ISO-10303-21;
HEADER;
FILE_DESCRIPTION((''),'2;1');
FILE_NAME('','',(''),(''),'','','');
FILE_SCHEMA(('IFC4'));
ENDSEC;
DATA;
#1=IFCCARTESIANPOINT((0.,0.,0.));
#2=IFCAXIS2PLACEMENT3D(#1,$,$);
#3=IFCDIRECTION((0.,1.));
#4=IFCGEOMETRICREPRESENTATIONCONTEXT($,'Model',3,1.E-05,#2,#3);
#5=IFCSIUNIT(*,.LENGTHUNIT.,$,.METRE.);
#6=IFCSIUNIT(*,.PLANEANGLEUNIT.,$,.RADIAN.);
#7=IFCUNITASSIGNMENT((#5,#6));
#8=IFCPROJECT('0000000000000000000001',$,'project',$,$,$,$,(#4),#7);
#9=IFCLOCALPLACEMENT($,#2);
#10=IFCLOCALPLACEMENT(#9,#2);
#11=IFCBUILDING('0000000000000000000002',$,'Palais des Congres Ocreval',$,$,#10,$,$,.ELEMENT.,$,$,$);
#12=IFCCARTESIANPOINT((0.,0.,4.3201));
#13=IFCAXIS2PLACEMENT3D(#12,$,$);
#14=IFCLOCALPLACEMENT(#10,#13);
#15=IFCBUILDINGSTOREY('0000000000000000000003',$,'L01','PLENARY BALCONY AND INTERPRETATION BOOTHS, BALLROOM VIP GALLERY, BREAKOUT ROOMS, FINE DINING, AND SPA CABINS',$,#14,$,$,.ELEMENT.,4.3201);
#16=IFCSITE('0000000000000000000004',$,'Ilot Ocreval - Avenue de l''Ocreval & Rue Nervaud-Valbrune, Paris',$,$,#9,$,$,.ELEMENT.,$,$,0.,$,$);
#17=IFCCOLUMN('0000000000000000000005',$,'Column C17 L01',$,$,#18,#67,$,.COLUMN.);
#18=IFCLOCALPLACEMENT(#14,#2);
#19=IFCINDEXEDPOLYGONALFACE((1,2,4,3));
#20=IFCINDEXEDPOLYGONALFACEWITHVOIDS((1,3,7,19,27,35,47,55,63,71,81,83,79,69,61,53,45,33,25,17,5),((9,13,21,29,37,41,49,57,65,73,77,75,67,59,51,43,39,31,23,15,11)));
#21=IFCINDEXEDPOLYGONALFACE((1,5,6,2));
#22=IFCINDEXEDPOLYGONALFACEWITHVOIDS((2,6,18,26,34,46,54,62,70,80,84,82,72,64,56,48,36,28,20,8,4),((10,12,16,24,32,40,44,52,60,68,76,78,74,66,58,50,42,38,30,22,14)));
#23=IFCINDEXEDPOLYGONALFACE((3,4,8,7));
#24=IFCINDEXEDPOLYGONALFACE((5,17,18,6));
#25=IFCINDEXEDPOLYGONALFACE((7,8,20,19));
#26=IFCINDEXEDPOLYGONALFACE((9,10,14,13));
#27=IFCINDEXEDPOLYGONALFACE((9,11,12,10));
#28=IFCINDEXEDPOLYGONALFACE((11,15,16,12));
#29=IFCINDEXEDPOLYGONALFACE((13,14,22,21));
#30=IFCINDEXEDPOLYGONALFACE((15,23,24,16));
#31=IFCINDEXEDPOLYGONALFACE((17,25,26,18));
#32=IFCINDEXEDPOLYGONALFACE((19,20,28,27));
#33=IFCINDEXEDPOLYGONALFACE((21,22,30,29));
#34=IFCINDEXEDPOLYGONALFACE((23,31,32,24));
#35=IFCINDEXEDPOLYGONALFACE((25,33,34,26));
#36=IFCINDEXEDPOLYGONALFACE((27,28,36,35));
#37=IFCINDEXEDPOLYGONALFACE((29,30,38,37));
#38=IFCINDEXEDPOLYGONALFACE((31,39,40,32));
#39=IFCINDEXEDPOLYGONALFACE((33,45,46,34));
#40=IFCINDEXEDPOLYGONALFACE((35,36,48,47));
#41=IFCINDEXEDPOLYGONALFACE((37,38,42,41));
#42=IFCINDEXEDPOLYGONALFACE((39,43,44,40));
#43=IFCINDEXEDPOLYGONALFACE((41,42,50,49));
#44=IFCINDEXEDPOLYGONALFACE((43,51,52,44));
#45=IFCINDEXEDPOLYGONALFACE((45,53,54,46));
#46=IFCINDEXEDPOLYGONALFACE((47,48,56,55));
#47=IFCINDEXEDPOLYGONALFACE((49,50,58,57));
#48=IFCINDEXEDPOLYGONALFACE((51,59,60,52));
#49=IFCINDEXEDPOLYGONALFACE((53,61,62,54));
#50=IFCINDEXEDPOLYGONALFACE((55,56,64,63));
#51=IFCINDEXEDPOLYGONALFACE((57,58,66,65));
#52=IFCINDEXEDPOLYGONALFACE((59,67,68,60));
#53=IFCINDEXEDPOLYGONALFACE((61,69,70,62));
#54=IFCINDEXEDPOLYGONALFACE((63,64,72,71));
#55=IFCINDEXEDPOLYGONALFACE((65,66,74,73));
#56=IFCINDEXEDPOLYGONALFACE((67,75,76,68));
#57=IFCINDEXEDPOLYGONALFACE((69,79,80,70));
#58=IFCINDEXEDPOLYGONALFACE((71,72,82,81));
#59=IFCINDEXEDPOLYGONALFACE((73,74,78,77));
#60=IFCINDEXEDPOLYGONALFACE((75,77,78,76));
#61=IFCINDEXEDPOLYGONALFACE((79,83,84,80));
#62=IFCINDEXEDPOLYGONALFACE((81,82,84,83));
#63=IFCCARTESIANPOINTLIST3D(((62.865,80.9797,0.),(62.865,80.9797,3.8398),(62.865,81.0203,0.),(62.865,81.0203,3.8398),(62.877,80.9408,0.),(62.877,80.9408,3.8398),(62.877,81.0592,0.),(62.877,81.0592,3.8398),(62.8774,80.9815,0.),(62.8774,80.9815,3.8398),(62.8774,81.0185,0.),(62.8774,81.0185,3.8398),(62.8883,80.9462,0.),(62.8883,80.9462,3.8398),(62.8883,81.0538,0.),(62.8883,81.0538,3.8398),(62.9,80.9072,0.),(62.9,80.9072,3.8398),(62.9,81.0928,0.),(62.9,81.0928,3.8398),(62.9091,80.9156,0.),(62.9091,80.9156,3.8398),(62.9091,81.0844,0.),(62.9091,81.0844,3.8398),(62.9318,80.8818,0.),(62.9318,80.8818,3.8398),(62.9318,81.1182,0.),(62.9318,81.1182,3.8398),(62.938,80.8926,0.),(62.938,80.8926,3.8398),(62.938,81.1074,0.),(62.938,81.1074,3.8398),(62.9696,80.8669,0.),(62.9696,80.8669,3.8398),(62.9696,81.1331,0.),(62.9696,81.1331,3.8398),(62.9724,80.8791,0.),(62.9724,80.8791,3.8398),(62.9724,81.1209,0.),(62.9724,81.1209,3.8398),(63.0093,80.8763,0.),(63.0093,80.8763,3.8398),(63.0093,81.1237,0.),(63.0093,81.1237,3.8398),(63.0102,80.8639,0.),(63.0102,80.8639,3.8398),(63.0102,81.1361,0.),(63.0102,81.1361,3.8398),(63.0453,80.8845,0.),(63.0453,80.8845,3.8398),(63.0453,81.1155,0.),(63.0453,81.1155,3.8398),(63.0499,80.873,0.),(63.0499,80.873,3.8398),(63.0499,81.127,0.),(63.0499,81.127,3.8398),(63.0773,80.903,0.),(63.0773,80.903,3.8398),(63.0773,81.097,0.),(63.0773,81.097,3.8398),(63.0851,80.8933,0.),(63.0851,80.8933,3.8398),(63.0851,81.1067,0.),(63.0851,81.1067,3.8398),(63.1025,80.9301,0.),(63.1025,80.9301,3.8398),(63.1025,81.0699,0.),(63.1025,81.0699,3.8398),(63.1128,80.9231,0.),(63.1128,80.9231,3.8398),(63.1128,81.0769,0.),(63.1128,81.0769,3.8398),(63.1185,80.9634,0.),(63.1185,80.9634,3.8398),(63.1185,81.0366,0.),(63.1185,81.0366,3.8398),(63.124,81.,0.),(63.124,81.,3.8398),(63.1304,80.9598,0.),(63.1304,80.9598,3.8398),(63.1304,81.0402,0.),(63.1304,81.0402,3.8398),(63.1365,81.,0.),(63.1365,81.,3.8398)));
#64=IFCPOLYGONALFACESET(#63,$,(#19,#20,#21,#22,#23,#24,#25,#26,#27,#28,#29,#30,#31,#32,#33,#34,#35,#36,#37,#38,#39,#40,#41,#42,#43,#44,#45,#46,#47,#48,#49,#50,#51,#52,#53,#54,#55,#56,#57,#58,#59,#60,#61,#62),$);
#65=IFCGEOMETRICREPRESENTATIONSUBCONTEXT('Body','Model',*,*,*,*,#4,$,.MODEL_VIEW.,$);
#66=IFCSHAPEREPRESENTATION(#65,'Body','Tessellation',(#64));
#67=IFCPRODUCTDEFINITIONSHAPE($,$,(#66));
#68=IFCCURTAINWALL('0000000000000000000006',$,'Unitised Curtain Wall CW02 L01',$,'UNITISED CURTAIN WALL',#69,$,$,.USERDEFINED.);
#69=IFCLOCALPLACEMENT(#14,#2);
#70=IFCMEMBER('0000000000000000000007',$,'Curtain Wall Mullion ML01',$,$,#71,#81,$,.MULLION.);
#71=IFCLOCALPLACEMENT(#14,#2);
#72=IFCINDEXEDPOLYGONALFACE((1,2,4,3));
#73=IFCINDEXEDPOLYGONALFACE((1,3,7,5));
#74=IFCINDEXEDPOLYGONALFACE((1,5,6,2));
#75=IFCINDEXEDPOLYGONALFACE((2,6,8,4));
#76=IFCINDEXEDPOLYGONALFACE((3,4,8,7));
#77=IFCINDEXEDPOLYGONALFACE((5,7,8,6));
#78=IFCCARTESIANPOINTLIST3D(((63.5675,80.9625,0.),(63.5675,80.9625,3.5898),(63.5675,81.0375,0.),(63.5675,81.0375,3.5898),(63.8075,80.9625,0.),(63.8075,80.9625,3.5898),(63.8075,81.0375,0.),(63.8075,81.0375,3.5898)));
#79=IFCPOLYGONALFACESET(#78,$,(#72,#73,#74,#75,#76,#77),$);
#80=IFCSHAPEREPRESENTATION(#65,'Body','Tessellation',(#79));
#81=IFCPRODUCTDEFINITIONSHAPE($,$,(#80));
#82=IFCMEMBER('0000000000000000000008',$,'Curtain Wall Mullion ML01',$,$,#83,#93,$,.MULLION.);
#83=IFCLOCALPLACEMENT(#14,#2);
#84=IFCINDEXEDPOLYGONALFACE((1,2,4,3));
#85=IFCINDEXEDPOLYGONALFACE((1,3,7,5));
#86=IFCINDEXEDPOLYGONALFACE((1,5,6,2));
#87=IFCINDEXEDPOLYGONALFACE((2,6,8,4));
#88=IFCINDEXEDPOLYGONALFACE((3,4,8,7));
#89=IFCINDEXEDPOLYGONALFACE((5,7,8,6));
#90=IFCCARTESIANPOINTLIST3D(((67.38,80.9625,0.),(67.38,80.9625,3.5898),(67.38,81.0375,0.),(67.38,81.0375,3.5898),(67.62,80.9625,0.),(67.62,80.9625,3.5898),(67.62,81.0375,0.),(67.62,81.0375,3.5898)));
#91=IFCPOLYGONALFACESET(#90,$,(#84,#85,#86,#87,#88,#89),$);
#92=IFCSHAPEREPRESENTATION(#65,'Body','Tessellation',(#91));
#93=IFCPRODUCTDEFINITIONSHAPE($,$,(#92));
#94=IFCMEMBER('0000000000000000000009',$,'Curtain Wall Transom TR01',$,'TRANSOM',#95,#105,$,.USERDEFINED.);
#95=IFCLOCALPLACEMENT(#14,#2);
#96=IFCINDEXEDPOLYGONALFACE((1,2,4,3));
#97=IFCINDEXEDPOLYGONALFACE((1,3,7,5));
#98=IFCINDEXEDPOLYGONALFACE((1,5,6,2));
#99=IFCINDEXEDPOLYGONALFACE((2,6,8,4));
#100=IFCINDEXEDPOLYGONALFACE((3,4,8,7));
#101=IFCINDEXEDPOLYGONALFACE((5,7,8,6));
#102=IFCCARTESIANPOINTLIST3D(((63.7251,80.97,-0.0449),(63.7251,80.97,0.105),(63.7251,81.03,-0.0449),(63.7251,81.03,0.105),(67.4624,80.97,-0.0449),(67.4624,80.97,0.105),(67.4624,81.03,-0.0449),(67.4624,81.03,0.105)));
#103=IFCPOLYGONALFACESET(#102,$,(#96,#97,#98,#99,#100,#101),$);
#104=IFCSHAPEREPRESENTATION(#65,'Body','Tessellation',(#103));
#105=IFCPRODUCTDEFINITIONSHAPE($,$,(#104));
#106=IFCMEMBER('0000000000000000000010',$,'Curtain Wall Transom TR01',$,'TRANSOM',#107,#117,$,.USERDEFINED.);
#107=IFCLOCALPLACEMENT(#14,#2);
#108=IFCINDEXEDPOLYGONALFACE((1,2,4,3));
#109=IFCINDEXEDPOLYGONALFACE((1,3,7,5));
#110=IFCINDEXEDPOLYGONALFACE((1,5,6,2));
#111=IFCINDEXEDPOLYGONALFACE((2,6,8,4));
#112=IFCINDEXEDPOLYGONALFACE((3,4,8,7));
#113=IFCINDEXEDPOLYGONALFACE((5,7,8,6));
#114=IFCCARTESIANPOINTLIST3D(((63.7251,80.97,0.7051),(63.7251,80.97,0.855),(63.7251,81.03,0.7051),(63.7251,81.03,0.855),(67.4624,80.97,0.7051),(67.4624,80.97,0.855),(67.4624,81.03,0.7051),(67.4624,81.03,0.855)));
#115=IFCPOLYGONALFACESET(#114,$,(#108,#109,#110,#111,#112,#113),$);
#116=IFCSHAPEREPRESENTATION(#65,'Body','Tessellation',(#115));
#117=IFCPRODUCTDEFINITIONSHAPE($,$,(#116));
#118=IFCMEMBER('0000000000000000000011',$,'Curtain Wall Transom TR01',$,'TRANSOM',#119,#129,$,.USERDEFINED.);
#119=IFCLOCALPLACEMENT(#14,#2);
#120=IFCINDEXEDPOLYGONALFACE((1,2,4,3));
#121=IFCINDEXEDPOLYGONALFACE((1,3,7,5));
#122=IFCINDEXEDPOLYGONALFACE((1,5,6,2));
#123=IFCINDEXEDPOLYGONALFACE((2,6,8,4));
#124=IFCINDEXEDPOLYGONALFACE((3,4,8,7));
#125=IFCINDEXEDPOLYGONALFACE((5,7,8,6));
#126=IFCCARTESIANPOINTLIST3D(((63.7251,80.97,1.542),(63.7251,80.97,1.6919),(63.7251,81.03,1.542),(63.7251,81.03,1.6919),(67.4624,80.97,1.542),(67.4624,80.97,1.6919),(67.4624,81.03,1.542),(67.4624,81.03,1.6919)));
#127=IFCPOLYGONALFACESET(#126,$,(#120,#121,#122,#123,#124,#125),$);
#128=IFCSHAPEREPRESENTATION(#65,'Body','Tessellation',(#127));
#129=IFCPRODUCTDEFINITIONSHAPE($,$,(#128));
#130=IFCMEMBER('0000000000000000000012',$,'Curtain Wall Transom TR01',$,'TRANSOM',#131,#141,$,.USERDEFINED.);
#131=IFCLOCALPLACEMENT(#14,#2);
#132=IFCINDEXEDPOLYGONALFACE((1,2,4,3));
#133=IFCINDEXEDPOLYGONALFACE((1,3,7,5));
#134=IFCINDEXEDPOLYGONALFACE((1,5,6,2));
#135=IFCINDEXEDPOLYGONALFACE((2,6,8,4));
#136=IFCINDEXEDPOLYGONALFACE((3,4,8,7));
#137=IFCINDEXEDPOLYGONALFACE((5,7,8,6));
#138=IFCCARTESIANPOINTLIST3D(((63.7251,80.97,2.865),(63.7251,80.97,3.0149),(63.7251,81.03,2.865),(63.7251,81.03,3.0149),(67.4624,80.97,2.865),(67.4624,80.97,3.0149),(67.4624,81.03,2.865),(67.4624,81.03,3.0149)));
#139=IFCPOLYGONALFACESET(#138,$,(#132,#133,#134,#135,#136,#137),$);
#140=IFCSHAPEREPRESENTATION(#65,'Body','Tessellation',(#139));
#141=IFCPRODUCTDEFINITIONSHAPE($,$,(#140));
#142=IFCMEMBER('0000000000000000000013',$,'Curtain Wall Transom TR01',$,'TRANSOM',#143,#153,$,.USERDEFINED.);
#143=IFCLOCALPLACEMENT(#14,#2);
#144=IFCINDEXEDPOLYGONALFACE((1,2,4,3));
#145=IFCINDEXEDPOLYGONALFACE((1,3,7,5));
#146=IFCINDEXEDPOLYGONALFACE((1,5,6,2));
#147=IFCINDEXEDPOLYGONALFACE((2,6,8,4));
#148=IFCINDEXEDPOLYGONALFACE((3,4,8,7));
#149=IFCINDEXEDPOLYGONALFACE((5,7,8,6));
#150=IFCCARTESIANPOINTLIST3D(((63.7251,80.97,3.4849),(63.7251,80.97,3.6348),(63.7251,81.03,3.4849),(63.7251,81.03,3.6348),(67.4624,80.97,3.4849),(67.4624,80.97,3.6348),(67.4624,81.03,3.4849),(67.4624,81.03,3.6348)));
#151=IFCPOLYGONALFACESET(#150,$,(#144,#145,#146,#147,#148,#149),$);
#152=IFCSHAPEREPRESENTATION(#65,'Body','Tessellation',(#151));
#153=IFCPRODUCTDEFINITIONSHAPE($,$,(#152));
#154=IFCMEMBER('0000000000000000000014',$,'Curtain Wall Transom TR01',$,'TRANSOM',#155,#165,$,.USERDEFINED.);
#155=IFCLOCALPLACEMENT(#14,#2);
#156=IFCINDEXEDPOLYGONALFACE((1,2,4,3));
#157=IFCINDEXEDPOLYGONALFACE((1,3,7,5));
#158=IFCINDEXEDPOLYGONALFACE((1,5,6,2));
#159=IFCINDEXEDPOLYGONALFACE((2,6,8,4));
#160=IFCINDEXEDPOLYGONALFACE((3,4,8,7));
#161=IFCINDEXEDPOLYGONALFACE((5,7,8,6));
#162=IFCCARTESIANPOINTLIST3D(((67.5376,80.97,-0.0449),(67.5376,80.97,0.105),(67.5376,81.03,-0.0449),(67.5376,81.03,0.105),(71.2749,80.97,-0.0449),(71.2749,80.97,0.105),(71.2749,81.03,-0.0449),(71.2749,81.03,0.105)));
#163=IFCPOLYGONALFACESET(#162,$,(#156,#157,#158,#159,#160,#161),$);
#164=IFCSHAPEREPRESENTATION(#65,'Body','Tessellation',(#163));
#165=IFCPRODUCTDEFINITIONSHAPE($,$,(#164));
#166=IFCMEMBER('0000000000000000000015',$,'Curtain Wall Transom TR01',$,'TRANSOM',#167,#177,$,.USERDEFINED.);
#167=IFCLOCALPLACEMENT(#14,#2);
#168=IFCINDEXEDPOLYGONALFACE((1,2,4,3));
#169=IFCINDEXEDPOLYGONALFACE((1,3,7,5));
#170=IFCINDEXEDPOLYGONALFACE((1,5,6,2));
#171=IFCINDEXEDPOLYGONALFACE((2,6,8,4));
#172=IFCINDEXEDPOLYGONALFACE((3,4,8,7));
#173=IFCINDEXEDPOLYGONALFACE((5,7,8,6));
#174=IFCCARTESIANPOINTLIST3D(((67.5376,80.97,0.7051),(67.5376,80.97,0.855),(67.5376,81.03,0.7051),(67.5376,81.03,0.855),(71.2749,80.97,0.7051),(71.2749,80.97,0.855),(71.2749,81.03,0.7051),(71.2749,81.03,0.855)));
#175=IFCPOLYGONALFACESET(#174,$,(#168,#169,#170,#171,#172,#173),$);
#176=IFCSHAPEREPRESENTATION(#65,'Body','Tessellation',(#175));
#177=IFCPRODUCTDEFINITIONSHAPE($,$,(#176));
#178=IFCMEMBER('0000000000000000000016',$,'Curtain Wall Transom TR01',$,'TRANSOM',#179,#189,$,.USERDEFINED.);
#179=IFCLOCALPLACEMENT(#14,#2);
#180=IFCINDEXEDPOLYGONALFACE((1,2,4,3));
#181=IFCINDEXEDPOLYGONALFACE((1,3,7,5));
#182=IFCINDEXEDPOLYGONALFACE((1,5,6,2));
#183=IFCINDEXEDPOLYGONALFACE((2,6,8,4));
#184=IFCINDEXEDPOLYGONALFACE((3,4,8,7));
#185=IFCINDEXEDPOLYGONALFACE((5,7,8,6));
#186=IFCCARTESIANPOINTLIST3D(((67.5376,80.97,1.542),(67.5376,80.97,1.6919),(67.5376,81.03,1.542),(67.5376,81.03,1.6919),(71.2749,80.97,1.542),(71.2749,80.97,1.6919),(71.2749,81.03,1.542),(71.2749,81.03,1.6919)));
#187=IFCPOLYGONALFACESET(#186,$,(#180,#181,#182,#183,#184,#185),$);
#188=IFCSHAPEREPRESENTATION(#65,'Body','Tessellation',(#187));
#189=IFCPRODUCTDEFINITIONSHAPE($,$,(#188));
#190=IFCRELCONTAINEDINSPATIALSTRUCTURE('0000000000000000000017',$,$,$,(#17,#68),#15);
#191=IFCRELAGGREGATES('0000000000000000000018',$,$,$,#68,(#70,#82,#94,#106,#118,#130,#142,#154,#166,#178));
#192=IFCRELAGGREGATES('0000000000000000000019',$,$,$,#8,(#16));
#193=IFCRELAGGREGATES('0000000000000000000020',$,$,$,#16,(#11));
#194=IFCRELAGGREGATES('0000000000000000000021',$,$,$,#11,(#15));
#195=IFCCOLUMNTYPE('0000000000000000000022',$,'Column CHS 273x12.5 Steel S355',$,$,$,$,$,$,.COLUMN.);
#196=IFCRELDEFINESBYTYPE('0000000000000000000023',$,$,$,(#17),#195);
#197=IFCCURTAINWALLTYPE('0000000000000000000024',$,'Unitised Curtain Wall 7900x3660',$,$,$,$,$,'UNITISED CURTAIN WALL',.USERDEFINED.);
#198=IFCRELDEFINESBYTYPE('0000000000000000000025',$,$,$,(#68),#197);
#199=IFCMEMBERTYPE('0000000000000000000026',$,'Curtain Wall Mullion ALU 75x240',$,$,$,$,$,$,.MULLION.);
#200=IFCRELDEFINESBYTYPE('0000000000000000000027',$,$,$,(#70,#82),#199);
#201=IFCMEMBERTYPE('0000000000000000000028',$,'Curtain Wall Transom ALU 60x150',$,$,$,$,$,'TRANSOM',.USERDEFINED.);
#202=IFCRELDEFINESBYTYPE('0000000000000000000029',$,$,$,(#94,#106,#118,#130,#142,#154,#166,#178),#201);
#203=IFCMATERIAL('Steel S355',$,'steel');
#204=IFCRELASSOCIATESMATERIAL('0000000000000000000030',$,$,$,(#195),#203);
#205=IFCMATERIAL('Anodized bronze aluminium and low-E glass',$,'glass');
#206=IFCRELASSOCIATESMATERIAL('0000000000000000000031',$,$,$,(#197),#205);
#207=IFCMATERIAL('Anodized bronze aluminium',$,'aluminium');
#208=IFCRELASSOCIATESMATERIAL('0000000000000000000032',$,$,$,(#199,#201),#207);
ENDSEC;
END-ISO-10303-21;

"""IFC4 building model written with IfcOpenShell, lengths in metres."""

from ifc_helpers import new_model, si_unit, direction, frame, origin, origin_2d, place, context, subcontext, project, spatial, rectangle, hollow_circle, extrude, material, material_profile, profile_set, type_object, element, aggregate, save


model = new_model("IFC4")

# Units and contexts
model_context = context("Model", 3, precision=1e-05, world=origin(), true_north=direction((0.0, 1.0)))
body_context = subcontext(model_context, "Body", "Model", "MODEL_VIEW")
ifc_project = project(units=[si_unit("LENGTHUNIT", "METRE"), si_unit("PLANEANGLEUNIT", "RADIAN")], contexts=[model_context])

# Site, building, storey
site_placement = place(None, origin())
site = spatial("IfcSite", under=ifc_project, at=site_placement, Name="Ilot Ocreval - Avenue de l'Ocreval & Rue Nervaud-Valbrune, Paris", CompositionType="ELEMENT", RefElevation=0.0)
building_placement = place(site_placement, origin())
building = spatial("IfcBuilding", under=site, at=building_placement, Name="Palais des Congres Ocreval", CompositionType="ELEMENT")
storey_placement = place(building_placement, frame((0.0, 0.0, 4.3201)))
storey = spatial("IfcBuildingStorey", under=building, at=storey_placement, Name="L01", Description="PLENARY BALCONY AND INTERPRETATION BOOTHS, BALLROOM VIP GALLERY, BREAKOUT ROOMS, FINE DINING, AND SPA CABINS", CompositionType="ELEMENT", Elevation=4.3201)

# Column
ifc_material_1 = material(Name="Steel S355", Category="steel")
ifc_material_profile_1 = material_profile(ifc_material_1, hollow_circle(Radius=0.1365, WallThickness=0.0125, at=origin_2d()), Name="CHS 273x12.5")
ifc_profile_set_1 = profile_set([ifc_material_profile_1], Name="Steel S355")
column_type = type_object("IfcColumnType", Name="Column CHS 273x12.5 Steel S355", PredefinedType="COLUMN", material=ifc_profile_set_1)
column_placement = place(storey_placement, frame((63.0, 81.0, 0.0), z_axis=(0.0, 0.0, 1.0), x_axis=(1.0, 0.0, 0.0)))
element("IfcColumn", 1, at=column_placement, inside=storey, type_object=column_type, Name="Column C17 L01", PredefinedType="COLUMN", context=body_context, shape_type="SweptSolid", body=[
    extrude(hollow_circle(Radius=0.1365, WallThickness=0.0125, at=origin_2d()), origin(), (0.0, 0.0, 1.0), 3.8398),
])

# Curtain wall, members
ifc_material_2 = material(Name="Anodized bronze aluminium and low-E glass", Category="glass")
curtain_wall_type = type_object("IfcCurtainWallType", Name="Unitised Curtain Wall 7900x3660", ElementType="UNITISED CURTAIN WALL", PredefinedType="USERDEFINED", material=ifc_material_2)
curtain_wall_placement = place(storey_placement, origin())
curtain_wall = element("IfcCurtainWall", 2, at=curtain_wall_placement, inside=storey, type_object=curtain_wall_type, Name="Unitised Curtain Wall CW02 L01", ObjectType="UNITISED CURTAIN WALL", PredefinedType="USERDEFINED")
ifc_material_3 = material(Name="Anodized bronze aluminium", Category="aluminium")
ifc_material_profile_2 = material_profile(ifc_material_3, rectangle(XDim=0.075, YDim=0.24, at=origin_2d()), Name="ALU 75x240")
ifc_profile_set_2 = profile_set([ifc_material_profile_2], Name="Anodized bronze aluminium")
member_type_1 = type_object("IfcMemberType", Name="Curtain Wall Mullion ALU 75x240", PredefinedType="MULLION", material=ifc_profile_set_2)
member_1_placement = place(storey_placement, frame((63.6875, 81.0, 0.0), z_axis=(0.0, 0.0, 1.0), x_axis=(0.0, 1.0, 0.0)))
member_1 = element("IfcMember", 3, at=member_1_placement, type_object=member_type_1, Name="Curtain Wall Mullion ML01", PredefinedType="MULLION", context=body_context, shape_type="SweptSolid", body=[
    extrude(rectangle(XDim=0.075, YDim=0.24, at=origin_2d()), origin(), (0.0, 0.0, 1.0), 3.5898),
])
member_2_placement = place(storey_placement, frame((67.5, 81.0, 0.0), z_axis=(0.0, 0.0, 1.0), x_axis=(0.0, 1.0, 0.0)))
member_2 = element("IfcMember", 4, at=member_2_placement, type_object=member_type_1, Name="Curtain Wall Mullion ML01", PredefinedType="MULLION", context=body_context, shape_type="SweptSolid", body=[
    extrude(rectangle(XDim=0.075, YDim=0.24, at=origin_2d()), origin(), (0.0, 0.0, 1.0), 3.5898),
])
ifc_material_profile_3 = material_profile(ifc_material_3, rectangle(XDim=0.0601, YDim=0.1499, at=origin_2d()), Name="ALU 60x150")
ifc_profile_set_3 = profile_set([ifc_material_profile_3], Name="Anodized bronze aluminium")
member_type_2 = type_object("IfcMemberType", Name="Curtain Wall Transom ALU 60x150", ElementType="TRANSOM", PredefinedType="USERDEFINED", material=ifc_profile_set_3)
member_3_placement = place(storey_placement, frame((63.7251, 81.0, 0.03), z_axis=(1.0, 0.0, 0.0), x_axis=(0.0, 1.0, 0.0)))
member_3 = element("IfcMember", 5, at=member_3_placement, type_object=member_type_2, Name="Curtain Wall Transom TR01", ObjectType="TRANSOM", PredefinedType="USERDEFINED", context=body_context, shape_type="SweptSolid", body=[
    extrude(rectangle(XDim=0.0601, YDim=0.1499, at=origin_2d()), origin(), (0.0, 0.0, 1.0), 3.7373),
])
member_4_placement = place(storey_placement, frame((63.7251, 81.0, 0.78), z_axis=(1.0, 0.0, 0.0), x_axis=(0.0, 1.0, 0.0)))
member_4 = element("IfcMember", 6, at=member_4_placement, type_object=member_type_2, Name="Curtain Wall Transom TR01", ObjectType="TRANSOM", PredefinedType="USERDEFINED", context=body_context, shape_type="SweptSolid", body=[
    extrude(rectangle(XDim=0.0601, YDim=0.1499, at=origin_2d()), origin(), (0.0, 0.0, 1.0), 3.7373),
])
member_5_placement = place(storey_placement, frame((63.7251, 81.0, 1.6169), z_axis=(1.0, 0.0, 0.0), x_axis=(0.0, 1.0, 0.0)))
member_5 = element("IfcMember", 7, at=member_5_placement, type_object=member_type_2, Name="Curtain Wall Transom TR01", ObjectType="TRANSOM", PredefinedType="USERDEFINED", context=body_context, shape_type="SweptSolid", body=[
    extrude(rectangle(XDim=0.0601, YDim=0.1499, at=origin_2d()), origin(), (0.0, 0.0, 1.0), 3.7373),
])
member_6_placement = place(storey_placement, frame((63.7251, 81.0, 2.9399), z_axis=(1.0, 0.0, 0.0), x_axis=(0.0, 1.0, 0.0)))
member_6 = element("IfcMember", 8, at=member_6_placement, type_object=member_type_2, Name="Curtain Wall Transom TR01", ObjectType="TRANSOM", PredefinedType="USERDEFINED", context=body_context, shape_type="SweptSolid", body=[
    extrude(rectangle(XDim=0.0601, YDim=0.1499, at=origin_2d()), origin(), (0.0, 0.0, 1.0), 3.7373),
])
member_7_placement = place(storey_placement, frame((63.7251, 81.0, 3.5598), z_axis=(1.0, 0.0, 0.0), x_axis=(0.0, 1.0, 0.0)))
member_7 = element("IfcMember", 9, at=member_7_placement, type_object=member_type_2, Name="Curtain Wall Transom TR01", ObjectType="TRANSOM", PredefinedType="USERDEFINED", context=body_context, shape_type="SweptSolid", body=[
    extrude(rectangle(XDim=0.0601, YDim=0.1499, at=origin_2d()), origin(), (0.0, 0.0, 1.0), 3.7373),
])
member_8_placement = place(storey_placement, frame((67.5376, 81.0, 0.03), z_axis=(1.0, 0.0, 0.0), x_axis=(0.0, 1.0, 0.0)))
member_8 = element("IfcMember", 10, at=member_8_placement, type_object=member_type_2, Name="Curtain Wall Transom TR01", ObjectType="TRANSOM", PredefinedType="USERDEFINED", context=body_context, shape_type="SweptSolid", body=[
    extrude(rectangle(XDim=0.0601, YDim=0.1499, at=origin_2d()), origin(), (0.0, 0.0, 1.0), 3.7373),
])
member_9_placement = place(storey_placement, frame((67.5376, 81.0, 0.78), z_axis=(1.0, 0.0, 0.0), x_axis=(0.0, 1.0, 0.0)))
member_9 = element("IfcMember", 11, at=member_9_placement, type_object=member_type_2, Name="Curtain Wall Transom TR01", ObjectType="TRANSOM", PredefinedType="USERDEFINED", context=body_context, shape_type="SweptSolid", body=[
    extrude(rectangle(XDim=0.0601, YDim=0.1499, at=origin_2d()), origin(), (0.0, 0.0, 1.0), 3.7373),
])
member_10_placement = place(storey_placement, frame((67.5376, 81.0, 1.6169), z_axis=(1.0, 0.0, 0.0), x_axis=(0.0, 1.0, 0.0)))
member_10 = element("IfcMember", 12, at=member_10_placement, type_object=member_type_2, Name="Curtain Wall Transom TR01", ObjectType="TRANSOM", PredefinedType="USERDEFINED", context=body_context, shape_type="SweptSolid", body=[
    extrude(rectangle(XDim=0.0601, YDim=0.1499, at=origin_2d()), origin(), (0.0, 0.0, 1.0), 3.7373),
])

aggregate(curtain_wall, [member_1, member_2, member_3, member_4, member_5, member_6, member_7, member_8, member_9, member_10])

save(model, "model.ifc")
